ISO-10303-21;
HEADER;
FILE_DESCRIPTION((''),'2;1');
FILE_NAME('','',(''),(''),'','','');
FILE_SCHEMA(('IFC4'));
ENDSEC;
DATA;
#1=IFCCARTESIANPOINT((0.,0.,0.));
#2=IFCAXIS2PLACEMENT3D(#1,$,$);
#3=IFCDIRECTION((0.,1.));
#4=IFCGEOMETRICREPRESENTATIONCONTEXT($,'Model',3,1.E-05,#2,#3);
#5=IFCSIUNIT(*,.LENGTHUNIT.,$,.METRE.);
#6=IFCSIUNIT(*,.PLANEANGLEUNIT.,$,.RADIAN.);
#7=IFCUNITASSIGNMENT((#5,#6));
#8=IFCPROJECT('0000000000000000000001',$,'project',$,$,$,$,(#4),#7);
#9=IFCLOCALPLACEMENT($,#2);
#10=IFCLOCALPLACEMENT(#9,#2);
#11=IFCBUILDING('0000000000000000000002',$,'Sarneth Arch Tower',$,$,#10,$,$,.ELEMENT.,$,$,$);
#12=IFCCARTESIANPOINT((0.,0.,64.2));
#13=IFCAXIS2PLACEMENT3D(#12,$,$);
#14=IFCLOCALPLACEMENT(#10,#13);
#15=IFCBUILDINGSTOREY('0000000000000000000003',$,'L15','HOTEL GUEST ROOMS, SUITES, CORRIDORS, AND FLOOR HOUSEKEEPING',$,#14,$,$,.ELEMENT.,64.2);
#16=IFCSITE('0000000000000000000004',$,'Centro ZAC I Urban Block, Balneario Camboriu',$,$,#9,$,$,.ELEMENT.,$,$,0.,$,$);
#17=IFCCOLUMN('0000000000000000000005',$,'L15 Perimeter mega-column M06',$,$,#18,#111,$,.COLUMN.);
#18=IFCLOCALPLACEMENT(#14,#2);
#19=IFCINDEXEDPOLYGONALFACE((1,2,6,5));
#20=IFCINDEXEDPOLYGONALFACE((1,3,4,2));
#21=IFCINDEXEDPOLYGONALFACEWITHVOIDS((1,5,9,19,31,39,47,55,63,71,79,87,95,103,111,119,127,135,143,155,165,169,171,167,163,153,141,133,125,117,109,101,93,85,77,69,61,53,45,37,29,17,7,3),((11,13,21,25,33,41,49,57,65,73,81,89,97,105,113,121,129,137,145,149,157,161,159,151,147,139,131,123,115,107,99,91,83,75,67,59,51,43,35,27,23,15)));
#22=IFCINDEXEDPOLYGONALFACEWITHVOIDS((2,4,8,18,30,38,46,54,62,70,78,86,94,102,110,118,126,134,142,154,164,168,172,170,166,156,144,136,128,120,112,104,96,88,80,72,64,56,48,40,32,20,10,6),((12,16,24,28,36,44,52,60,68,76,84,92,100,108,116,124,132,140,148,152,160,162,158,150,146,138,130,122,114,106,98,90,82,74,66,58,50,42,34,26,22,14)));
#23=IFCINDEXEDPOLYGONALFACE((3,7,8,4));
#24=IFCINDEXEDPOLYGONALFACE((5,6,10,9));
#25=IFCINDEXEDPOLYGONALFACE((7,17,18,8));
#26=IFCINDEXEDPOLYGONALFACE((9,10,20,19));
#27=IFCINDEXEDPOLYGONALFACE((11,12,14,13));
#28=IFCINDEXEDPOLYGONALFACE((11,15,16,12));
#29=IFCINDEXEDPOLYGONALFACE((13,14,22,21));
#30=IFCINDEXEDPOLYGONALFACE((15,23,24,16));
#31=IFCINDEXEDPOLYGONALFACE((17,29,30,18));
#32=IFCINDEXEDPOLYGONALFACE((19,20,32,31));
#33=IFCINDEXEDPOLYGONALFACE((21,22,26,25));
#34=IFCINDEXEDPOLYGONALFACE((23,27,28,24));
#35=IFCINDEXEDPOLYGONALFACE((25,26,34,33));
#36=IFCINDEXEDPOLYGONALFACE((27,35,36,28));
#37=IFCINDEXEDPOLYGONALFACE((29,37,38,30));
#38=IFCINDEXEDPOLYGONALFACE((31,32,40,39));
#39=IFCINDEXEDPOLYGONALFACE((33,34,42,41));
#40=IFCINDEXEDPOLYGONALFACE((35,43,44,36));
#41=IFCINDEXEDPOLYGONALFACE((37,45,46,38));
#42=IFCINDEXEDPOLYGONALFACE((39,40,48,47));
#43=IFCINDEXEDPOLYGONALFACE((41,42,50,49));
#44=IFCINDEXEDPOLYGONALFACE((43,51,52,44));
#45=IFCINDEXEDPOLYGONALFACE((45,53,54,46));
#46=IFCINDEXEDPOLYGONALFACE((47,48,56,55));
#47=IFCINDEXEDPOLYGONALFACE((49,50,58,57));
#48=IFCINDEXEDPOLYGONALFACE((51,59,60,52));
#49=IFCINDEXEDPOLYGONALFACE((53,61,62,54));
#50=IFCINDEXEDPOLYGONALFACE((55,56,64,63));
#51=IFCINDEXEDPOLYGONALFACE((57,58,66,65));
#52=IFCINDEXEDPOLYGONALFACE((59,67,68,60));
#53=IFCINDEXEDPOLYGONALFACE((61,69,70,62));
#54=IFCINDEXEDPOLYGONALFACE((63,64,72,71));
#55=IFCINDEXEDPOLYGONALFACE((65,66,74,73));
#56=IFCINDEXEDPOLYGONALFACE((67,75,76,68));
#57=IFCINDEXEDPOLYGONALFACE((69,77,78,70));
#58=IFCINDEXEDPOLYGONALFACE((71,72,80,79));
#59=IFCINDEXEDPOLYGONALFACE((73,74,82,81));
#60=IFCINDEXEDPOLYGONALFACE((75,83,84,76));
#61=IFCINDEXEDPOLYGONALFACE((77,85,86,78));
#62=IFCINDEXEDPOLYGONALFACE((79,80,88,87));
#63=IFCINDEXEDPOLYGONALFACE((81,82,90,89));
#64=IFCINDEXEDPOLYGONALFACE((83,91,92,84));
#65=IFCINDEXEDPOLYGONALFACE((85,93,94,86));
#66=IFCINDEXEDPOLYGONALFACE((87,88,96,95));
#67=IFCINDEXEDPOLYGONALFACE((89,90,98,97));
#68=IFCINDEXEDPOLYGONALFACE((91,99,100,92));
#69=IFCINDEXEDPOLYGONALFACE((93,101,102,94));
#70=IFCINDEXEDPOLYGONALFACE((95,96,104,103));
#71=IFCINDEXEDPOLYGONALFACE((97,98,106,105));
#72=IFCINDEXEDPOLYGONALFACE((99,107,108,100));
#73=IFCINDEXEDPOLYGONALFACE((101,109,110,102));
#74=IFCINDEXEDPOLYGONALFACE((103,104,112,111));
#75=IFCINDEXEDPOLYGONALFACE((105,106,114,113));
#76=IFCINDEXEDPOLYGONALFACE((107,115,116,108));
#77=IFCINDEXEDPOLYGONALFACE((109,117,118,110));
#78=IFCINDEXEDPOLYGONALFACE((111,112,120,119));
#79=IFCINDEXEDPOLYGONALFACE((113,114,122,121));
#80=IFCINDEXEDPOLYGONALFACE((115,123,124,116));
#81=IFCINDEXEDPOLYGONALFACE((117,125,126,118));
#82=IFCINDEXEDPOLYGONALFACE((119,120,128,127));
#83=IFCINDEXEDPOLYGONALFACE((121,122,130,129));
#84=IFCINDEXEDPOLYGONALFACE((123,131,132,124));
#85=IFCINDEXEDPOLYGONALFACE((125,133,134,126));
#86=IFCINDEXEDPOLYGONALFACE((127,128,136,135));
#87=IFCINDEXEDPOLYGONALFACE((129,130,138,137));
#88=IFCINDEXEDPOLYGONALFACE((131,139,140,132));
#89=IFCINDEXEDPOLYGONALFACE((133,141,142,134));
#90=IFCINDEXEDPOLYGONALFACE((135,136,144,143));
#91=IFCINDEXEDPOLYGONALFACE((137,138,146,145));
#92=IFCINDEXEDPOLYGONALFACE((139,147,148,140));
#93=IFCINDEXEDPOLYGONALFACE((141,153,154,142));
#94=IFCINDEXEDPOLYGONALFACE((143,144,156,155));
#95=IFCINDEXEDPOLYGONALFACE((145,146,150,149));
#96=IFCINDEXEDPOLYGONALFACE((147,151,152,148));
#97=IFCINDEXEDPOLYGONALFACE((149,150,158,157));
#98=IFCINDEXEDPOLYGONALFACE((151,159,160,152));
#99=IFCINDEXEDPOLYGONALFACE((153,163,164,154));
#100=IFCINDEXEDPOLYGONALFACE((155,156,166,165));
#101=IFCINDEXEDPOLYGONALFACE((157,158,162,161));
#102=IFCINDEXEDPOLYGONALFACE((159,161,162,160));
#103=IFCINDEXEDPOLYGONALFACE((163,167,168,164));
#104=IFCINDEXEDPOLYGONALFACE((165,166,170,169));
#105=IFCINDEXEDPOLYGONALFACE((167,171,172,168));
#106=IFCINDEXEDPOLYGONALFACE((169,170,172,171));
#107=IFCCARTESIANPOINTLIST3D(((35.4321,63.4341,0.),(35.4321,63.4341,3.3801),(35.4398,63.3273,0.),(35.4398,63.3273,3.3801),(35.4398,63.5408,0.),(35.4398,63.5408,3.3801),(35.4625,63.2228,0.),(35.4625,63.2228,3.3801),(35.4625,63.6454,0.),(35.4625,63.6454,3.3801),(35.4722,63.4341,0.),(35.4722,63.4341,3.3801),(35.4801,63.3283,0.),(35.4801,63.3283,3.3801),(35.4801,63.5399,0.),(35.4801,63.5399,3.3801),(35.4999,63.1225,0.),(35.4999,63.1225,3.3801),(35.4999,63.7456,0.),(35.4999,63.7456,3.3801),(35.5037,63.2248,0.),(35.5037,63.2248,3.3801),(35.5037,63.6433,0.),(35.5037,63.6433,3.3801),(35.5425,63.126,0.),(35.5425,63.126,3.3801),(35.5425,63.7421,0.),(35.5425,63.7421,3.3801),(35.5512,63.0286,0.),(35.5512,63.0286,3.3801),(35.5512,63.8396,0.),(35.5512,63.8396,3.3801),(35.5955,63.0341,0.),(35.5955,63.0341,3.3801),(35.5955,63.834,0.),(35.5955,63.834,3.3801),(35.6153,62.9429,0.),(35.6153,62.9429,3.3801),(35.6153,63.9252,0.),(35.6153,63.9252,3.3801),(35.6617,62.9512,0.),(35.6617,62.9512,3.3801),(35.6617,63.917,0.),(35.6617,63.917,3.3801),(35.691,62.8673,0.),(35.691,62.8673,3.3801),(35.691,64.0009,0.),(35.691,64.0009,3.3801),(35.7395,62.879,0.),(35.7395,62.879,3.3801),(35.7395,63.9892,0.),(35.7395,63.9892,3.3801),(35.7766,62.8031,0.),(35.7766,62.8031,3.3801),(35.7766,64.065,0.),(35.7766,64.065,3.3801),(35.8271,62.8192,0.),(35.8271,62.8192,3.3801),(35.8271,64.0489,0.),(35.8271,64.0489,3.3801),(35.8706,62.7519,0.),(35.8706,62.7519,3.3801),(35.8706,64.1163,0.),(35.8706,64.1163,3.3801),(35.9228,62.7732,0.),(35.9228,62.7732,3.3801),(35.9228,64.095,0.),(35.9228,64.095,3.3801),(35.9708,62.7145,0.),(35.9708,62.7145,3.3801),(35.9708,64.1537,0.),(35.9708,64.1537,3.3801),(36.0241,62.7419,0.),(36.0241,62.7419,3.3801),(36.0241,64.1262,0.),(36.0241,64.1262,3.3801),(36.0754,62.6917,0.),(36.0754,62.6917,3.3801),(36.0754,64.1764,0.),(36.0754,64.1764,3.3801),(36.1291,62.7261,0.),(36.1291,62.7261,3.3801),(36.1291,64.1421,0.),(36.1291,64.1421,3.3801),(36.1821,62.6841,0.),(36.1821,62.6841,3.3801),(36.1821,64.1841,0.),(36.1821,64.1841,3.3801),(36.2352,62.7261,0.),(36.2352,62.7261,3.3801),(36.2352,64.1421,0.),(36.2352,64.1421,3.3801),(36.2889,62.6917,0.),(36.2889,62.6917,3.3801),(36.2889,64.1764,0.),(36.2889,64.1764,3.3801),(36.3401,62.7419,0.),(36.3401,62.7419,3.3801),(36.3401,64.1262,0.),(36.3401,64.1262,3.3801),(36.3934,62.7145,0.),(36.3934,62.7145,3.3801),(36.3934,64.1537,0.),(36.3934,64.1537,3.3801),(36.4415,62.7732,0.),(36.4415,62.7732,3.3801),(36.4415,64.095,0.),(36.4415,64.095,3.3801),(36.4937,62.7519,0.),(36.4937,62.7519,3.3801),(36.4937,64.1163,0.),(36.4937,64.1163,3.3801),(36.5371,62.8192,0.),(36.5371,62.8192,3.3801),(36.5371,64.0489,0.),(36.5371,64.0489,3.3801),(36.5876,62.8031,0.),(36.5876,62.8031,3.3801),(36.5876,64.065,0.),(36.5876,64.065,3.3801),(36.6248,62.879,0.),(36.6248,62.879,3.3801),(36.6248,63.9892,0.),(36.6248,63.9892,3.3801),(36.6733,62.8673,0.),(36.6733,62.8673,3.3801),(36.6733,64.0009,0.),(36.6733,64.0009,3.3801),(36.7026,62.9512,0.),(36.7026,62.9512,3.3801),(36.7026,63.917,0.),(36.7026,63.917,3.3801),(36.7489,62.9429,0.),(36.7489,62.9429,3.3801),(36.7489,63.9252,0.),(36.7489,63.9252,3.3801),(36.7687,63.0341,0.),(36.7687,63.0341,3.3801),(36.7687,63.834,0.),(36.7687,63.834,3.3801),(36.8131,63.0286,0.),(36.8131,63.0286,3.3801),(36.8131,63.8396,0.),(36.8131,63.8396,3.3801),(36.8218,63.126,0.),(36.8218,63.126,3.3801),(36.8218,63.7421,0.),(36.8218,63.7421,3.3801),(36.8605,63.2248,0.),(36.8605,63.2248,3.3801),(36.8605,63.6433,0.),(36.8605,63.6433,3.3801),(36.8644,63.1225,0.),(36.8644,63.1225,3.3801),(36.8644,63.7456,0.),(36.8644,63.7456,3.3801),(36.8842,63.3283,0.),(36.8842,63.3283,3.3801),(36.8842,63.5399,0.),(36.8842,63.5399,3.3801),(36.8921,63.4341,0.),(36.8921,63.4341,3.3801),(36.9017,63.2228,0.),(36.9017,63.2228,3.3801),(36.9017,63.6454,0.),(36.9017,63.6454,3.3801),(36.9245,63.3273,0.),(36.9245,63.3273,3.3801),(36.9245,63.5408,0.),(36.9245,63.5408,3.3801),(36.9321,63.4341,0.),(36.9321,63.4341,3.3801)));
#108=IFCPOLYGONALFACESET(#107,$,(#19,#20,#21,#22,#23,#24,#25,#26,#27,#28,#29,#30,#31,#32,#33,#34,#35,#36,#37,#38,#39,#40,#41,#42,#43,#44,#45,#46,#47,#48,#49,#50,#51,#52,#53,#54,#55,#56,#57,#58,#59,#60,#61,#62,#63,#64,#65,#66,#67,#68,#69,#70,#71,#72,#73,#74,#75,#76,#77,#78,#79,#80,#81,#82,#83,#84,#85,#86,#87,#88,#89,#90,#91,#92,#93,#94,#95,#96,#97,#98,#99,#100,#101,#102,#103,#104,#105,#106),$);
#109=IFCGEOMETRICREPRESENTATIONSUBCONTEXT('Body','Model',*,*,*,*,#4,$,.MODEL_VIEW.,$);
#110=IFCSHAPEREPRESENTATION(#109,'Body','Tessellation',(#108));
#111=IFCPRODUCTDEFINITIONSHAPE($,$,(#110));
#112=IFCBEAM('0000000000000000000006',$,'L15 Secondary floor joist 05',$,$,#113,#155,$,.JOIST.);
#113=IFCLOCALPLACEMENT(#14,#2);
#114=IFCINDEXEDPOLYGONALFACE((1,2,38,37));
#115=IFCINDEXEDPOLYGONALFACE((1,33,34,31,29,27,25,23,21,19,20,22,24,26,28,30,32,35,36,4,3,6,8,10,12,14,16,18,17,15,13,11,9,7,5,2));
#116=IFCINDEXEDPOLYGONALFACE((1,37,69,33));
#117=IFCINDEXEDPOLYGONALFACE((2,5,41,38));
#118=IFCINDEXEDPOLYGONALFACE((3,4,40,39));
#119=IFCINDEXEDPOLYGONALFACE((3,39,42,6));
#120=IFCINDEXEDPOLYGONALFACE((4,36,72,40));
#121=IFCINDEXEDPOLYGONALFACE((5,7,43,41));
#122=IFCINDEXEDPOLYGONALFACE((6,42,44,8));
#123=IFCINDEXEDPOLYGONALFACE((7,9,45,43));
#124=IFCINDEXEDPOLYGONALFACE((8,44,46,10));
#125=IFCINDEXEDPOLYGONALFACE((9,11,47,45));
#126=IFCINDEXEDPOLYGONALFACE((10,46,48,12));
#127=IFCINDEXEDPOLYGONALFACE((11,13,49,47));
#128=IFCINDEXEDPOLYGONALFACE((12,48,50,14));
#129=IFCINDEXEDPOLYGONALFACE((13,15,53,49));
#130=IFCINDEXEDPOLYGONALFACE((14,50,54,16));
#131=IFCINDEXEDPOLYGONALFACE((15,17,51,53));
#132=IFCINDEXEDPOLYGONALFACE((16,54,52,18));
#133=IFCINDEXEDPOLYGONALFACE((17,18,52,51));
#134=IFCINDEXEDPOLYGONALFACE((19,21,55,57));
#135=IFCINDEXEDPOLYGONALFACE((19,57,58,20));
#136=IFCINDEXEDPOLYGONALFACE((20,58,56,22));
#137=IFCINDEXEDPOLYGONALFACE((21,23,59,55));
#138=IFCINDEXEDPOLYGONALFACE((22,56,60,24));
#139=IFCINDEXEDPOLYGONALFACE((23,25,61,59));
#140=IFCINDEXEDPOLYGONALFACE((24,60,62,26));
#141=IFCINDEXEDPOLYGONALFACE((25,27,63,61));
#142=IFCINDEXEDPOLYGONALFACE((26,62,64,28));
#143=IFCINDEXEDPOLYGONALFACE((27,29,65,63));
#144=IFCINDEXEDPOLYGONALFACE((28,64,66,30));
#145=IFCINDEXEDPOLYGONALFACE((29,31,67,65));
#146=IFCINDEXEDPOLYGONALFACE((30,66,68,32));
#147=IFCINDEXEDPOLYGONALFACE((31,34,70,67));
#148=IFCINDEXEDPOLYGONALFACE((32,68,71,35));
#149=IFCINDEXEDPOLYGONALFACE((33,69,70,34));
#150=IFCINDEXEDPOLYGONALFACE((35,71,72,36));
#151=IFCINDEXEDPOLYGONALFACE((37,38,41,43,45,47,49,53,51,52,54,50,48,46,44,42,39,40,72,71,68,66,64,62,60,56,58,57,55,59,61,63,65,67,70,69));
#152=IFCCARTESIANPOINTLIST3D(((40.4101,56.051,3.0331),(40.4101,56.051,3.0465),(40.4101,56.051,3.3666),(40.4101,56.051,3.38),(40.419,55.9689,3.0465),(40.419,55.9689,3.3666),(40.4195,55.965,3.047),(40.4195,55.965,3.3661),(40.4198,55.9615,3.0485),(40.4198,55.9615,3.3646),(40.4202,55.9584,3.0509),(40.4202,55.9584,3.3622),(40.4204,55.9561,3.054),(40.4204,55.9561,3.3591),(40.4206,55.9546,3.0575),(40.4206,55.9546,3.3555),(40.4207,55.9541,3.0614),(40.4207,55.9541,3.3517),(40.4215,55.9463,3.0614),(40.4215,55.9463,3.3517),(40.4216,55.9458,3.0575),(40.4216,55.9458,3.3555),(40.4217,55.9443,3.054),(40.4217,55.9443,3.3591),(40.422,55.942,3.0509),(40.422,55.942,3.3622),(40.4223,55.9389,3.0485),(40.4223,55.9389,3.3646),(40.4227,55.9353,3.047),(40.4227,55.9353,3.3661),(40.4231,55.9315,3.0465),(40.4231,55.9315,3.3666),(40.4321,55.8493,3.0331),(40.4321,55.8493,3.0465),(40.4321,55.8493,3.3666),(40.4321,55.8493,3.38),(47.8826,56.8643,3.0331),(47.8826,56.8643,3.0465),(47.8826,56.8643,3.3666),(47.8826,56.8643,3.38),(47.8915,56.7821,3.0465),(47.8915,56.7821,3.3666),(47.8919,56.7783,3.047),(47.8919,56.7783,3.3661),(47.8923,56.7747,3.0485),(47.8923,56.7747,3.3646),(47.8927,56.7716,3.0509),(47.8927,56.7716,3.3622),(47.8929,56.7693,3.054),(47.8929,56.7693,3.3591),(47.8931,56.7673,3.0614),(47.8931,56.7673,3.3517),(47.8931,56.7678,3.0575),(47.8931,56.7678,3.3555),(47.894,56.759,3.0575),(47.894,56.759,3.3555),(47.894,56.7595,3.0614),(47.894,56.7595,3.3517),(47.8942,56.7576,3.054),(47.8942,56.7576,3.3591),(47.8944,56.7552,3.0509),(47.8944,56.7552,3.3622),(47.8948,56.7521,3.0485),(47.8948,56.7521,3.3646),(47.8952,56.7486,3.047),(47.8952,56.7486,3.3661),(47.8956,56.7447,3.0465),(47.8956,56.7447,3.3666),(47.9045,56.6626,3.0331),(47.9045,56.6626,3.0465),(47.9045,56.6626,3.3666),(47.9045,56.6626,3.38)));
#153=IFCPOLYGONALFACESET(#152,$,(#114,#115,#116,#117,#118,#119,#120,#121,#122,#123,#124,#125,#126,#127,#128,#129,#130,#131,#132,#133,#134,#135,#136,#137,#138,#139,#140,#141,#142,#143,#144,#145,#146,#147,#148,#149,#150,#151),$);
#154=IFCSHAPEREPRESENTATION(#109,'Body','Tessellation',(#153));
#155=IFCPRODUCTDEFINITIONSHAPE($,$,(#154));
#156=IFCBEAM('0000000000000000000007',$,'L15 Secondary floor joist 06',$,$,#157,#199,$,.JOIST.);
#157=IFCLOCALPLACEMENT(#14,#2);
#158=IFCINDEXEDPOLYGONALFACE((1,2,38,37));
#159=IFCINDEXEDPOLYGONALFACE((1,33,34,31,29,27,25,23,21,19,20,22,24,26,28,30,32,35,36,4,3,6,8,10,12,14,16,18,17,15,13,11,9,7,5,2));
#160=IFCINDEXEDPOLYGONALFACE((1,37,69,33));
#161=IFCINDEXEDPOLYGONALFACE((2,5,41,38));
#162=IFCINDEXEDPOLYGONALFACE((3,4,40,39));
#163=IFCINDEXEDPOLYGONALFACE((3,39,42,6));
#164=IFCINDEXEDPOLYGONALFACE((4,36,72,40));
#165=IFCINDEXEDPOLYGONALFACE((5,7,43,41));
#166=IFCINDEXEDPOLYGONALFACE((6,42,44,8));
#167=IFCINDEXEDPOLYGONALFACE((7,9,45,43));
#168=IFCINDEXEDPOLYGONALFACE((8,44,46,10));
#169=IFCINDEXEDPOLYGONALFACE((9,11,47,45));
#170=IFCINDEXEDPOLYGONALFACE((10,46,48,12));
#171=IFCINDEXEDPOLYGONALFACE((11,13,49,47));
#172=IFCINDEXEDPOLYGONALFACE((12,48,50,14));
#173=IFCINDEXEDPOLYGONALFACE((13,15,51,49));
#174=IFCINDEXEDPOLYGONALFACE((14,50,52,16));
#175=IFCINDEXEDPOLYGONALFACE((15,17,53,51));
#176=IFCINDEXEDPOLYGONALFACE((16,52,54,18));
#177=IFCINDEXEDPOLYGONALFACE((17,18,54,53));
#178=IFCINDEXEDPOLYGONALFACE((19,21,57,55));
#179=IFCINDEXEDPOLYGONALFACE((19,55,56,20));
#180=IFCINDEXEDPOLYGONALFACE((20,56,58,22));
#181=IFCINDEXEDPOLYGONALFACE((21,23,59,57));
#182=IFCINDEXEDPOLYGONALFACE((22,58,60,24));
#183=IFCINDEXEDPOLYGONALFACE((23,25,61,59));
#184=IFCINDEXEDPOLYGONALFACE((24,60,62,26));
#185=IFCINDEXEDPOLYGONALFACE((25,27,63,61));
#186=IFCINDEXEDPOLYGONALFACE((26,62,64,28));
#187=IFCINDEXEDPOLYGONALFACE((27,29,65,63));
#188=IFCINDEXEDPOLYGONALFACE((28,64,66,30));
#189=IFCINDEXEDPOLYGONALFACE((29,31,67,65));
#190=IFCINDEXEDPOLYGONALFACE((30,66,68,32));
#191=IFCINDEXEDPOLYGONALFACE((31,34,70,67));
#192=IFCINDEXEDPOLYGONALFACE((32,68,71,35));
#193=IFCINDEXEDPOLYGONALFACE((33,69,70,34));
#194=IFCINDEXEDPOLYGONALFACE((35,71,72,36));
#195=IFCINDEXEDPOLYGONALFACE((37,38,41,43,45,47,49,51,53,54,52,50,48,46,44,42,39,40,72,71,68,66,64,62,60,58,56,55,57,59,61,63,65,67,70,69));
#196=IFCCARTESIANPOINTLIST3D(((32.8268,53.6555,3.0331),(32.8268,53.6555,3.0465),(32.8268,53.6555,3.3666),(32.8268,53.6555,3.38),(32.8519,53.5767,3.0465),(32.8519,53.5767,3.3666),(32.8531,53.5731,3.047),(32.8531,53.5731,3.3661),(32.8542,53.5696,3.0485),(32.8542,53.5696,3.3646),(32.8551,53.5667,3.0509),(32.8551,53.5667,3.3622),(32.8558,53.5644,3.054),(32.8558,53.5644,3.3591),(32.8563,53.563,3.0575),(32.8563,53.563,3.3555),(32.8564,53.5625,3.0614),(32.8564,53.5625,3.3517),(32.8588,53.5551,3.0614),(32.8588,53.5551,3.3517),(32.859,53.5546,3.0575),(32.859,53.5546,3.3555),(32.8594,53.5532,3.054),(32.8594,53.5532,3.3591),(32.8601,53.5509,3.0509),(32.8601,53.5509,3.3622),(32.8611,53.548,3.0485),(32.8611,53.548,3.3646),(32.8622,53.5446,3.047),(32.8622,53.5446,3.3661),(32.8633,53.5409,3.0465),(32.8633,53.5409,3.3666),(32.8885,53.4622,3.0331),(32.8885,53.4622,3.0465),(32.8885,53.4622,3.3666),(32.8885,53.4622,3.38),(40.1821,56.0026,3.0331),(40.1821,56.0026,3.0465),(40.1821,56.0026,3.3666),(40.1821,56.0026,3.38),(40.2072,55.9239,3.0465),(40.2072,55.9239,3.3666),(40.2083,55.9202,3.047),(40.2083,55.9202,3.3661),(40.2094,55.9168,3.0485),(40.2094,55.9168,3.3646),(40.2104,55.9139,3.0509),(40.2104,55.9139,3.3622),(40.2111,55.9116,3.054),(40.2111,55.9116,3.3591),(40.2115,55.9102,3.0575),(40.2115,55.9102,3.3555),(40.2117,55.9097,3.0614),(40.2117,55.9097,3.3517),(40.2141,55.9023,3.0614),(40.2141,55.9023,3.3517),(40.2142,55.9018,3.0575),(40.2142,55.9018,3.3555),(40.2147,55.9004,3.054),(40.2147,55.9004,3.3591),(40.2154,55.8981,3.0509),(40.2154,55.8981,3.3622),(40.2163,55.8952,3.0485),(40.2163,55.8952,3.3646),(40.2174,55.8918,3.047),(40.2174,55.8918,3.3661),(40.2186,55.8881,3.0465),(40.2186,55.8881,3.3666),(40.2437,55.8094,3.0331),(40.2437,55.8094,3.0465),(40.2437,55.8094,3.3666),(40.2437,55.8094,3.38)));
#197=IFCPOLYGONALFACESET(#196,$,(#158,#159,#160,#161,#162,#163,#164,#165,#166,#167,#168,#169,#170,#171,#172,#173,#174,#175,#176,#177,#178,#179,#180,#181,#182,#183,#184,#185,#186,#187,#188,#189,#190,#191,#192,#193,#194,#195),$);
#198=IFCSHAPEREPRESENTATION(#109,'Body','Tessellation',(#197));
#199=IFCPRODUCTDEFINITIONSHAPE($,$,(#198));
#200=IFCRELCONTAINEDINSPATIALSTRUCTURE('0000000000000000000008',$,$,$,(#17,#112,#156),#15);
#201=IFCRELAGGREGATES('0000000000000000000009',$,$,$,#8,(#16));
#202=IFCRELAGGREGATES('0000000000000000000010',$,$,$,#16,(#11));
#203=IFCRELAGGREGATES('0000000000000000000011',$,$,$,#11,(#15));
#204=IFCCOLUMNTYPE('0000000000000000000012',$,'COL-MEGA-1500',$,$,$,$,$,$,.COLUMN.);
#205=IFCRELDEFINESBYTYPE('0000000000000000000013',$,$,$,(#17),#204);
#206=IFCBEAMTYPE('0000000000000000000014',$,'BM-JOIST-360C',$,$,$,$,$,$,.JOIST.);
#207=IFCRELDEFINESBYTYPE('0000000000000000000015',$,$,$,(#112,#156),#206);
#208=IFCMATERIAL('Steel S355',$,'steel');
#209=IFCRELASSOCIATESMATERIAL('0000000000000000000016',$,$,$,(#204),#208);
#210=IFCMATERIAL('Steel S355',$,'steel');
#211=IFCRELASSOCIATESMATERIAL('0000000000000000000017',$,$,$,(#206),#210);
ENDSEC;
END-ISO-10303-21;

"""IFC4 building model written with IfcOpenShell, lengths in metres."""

from ifc_helpers import new_model, si_unit, direction, frame, origin, origin_2d, place, context, subcontext, project, spatial, hollow_circle, i_section, extrude, material, material_profile, profile_set, type_object, element, save


model = new_model("IFC4")

# Units and contexts
model_context = context("Model", 3, precision=1e-05, world=origin(), true_north=direction((0.0, 1.0)))
body_context = subcontext(model_context, "Body", "Model", "MODEL_VIEW")
ifc_project = project(units=[si_unit("LENGTHUNIT", "METRE"), si_unit("PLANEANGLEUNIT", "RADIAN")], contexts=[model_context])

# Site, building, storey
site_placement = place(None, origin())
site = spatial("IfcSite", under=ifc_project, at=site_placement, Name="Centro ZAC I Urban Block, Balneario Camboriu", CompositionType="ELEMENT", RefElevation=0.0)
building_placement = place(site_placement, origin())
building = spatial("IfcBuilding", under=site, at=building_placement, Name="Sarneth Arch Tower", CompositionType="ELEMENT")
storey_placement = place(building_placement, frame((0.0, 0.0, 64.2)))
storey = spatial("IfcBuildingStorey", under=building, at=storey_placement, Name="L15", Description="HOTEL GUEST ROOMS, SUITES, CORRIDORS, AND FLOOR HOUSEKEEPING", CompositionType="ELEMENT", Elevation=64.2)

# Column
ifc_material_1 = material(Name="Steel S355", Category="steel")
ifc_material_profile_1 = material_profile(ifc_material_1, hollow_circle(Radius=0.75, WallThickness=0.04, at=origin_2d()), Name="CHS1500x40")
ifc_profile_set_1 = profile_set([ifc_material_profile_1], Name="Steel S355")
column_type = type_object("IfcColumnType", Name="COL-MEGA-1500", PredefinedType="COLUMN", material=ifc_profile_set_1)
column_placement = place(storey_placement, frame((36.1821, 63.4341, 0.0), z_axis=(0.0, 0.0, 1.0), x_axis=(1.0, 0.0, 0.0)))
element("IfcColumn", 1, at=column_placement, inside=storey, type_object=column_type, Name="L15 Perimeter mega-column M06", PredefinedType="COLUMN", context=body_context, shape_type="SweptSolid", body=[
    extrude(hollow_circle(Radius=0.75, WallThickness=0.04, at=origin_2d()), origin(), (0.0, 0.0, 1.0), 3.3801),
])

# Beams
ifc_material_2 = material(Name="Steel S355", Category="steel")
ifc_material_profile_2 = material_profile(ifc_material_2, i_section(OverallWidth=0.2029, OverallDepth=0.3469, WebThickness=0.0078, FlangeThickness=0.0134, FilletRadius=0.0149, at=origin_2d()), Name="W360x64")
ifc_profile_set_2 = profile_set([ifc_material_profile_2], Name="Steel S355")
beam_type_1 = type_object("IfcBeamType", Name="BM-JOIST-360C", PredefinedType="JOIST", material=ifc_profile_set_2)
beam_1_placement = place(storey_placement, frame((47.8936, 56.7634, 3.2065), z_axis=(-0.99413, -0.108192, 0.0), x_axis=(0.108192, -0.99413, 0.0)))
element("IfcBeam", 2, at=beam_1_placement, inside=storey, type_object=beam_type_1, Name="L15 Secondary floor joist 05", PredefinedType="JOIST", context=body_context, shape_type="SweptSolid", body=[
    extrude(i_section(OverallWidth=0.2029, OverallDepth=0.3469, WebThickness=0.0078, FlangeThickness=0.0134, FilletRadius=0.0149, at=origin_2d()), origin(), (0.0, 0.0, 1.0), 7.5166),
])
beam_2_placement = place(storey_placement, frame((40.2129, 55.906, 3.2065), z_axis=(-0.952668, -0.304011, 0.0), x_axis=(0.304011, -0.952668, 0.0)))
element("IfcBeam", 3, at=beam_2_placement, inside=storey, type_object=beam_type_1, Name="L15 Secondary floor joist 06", PredefinedType="JOIST", context=body_context, shape_type="SweptSolid", body=[
    extrude(i_section(OverallWidth=0.2029, OverallDepth=0.3469, WebThickness=0.0078, FlangeThickness=0.0134, FilletRadius=0.0149, at=origin_2d()), origin(), (0.0, 0.0, 1.0), 7.7207),
])

save(model, "model.ifc")
